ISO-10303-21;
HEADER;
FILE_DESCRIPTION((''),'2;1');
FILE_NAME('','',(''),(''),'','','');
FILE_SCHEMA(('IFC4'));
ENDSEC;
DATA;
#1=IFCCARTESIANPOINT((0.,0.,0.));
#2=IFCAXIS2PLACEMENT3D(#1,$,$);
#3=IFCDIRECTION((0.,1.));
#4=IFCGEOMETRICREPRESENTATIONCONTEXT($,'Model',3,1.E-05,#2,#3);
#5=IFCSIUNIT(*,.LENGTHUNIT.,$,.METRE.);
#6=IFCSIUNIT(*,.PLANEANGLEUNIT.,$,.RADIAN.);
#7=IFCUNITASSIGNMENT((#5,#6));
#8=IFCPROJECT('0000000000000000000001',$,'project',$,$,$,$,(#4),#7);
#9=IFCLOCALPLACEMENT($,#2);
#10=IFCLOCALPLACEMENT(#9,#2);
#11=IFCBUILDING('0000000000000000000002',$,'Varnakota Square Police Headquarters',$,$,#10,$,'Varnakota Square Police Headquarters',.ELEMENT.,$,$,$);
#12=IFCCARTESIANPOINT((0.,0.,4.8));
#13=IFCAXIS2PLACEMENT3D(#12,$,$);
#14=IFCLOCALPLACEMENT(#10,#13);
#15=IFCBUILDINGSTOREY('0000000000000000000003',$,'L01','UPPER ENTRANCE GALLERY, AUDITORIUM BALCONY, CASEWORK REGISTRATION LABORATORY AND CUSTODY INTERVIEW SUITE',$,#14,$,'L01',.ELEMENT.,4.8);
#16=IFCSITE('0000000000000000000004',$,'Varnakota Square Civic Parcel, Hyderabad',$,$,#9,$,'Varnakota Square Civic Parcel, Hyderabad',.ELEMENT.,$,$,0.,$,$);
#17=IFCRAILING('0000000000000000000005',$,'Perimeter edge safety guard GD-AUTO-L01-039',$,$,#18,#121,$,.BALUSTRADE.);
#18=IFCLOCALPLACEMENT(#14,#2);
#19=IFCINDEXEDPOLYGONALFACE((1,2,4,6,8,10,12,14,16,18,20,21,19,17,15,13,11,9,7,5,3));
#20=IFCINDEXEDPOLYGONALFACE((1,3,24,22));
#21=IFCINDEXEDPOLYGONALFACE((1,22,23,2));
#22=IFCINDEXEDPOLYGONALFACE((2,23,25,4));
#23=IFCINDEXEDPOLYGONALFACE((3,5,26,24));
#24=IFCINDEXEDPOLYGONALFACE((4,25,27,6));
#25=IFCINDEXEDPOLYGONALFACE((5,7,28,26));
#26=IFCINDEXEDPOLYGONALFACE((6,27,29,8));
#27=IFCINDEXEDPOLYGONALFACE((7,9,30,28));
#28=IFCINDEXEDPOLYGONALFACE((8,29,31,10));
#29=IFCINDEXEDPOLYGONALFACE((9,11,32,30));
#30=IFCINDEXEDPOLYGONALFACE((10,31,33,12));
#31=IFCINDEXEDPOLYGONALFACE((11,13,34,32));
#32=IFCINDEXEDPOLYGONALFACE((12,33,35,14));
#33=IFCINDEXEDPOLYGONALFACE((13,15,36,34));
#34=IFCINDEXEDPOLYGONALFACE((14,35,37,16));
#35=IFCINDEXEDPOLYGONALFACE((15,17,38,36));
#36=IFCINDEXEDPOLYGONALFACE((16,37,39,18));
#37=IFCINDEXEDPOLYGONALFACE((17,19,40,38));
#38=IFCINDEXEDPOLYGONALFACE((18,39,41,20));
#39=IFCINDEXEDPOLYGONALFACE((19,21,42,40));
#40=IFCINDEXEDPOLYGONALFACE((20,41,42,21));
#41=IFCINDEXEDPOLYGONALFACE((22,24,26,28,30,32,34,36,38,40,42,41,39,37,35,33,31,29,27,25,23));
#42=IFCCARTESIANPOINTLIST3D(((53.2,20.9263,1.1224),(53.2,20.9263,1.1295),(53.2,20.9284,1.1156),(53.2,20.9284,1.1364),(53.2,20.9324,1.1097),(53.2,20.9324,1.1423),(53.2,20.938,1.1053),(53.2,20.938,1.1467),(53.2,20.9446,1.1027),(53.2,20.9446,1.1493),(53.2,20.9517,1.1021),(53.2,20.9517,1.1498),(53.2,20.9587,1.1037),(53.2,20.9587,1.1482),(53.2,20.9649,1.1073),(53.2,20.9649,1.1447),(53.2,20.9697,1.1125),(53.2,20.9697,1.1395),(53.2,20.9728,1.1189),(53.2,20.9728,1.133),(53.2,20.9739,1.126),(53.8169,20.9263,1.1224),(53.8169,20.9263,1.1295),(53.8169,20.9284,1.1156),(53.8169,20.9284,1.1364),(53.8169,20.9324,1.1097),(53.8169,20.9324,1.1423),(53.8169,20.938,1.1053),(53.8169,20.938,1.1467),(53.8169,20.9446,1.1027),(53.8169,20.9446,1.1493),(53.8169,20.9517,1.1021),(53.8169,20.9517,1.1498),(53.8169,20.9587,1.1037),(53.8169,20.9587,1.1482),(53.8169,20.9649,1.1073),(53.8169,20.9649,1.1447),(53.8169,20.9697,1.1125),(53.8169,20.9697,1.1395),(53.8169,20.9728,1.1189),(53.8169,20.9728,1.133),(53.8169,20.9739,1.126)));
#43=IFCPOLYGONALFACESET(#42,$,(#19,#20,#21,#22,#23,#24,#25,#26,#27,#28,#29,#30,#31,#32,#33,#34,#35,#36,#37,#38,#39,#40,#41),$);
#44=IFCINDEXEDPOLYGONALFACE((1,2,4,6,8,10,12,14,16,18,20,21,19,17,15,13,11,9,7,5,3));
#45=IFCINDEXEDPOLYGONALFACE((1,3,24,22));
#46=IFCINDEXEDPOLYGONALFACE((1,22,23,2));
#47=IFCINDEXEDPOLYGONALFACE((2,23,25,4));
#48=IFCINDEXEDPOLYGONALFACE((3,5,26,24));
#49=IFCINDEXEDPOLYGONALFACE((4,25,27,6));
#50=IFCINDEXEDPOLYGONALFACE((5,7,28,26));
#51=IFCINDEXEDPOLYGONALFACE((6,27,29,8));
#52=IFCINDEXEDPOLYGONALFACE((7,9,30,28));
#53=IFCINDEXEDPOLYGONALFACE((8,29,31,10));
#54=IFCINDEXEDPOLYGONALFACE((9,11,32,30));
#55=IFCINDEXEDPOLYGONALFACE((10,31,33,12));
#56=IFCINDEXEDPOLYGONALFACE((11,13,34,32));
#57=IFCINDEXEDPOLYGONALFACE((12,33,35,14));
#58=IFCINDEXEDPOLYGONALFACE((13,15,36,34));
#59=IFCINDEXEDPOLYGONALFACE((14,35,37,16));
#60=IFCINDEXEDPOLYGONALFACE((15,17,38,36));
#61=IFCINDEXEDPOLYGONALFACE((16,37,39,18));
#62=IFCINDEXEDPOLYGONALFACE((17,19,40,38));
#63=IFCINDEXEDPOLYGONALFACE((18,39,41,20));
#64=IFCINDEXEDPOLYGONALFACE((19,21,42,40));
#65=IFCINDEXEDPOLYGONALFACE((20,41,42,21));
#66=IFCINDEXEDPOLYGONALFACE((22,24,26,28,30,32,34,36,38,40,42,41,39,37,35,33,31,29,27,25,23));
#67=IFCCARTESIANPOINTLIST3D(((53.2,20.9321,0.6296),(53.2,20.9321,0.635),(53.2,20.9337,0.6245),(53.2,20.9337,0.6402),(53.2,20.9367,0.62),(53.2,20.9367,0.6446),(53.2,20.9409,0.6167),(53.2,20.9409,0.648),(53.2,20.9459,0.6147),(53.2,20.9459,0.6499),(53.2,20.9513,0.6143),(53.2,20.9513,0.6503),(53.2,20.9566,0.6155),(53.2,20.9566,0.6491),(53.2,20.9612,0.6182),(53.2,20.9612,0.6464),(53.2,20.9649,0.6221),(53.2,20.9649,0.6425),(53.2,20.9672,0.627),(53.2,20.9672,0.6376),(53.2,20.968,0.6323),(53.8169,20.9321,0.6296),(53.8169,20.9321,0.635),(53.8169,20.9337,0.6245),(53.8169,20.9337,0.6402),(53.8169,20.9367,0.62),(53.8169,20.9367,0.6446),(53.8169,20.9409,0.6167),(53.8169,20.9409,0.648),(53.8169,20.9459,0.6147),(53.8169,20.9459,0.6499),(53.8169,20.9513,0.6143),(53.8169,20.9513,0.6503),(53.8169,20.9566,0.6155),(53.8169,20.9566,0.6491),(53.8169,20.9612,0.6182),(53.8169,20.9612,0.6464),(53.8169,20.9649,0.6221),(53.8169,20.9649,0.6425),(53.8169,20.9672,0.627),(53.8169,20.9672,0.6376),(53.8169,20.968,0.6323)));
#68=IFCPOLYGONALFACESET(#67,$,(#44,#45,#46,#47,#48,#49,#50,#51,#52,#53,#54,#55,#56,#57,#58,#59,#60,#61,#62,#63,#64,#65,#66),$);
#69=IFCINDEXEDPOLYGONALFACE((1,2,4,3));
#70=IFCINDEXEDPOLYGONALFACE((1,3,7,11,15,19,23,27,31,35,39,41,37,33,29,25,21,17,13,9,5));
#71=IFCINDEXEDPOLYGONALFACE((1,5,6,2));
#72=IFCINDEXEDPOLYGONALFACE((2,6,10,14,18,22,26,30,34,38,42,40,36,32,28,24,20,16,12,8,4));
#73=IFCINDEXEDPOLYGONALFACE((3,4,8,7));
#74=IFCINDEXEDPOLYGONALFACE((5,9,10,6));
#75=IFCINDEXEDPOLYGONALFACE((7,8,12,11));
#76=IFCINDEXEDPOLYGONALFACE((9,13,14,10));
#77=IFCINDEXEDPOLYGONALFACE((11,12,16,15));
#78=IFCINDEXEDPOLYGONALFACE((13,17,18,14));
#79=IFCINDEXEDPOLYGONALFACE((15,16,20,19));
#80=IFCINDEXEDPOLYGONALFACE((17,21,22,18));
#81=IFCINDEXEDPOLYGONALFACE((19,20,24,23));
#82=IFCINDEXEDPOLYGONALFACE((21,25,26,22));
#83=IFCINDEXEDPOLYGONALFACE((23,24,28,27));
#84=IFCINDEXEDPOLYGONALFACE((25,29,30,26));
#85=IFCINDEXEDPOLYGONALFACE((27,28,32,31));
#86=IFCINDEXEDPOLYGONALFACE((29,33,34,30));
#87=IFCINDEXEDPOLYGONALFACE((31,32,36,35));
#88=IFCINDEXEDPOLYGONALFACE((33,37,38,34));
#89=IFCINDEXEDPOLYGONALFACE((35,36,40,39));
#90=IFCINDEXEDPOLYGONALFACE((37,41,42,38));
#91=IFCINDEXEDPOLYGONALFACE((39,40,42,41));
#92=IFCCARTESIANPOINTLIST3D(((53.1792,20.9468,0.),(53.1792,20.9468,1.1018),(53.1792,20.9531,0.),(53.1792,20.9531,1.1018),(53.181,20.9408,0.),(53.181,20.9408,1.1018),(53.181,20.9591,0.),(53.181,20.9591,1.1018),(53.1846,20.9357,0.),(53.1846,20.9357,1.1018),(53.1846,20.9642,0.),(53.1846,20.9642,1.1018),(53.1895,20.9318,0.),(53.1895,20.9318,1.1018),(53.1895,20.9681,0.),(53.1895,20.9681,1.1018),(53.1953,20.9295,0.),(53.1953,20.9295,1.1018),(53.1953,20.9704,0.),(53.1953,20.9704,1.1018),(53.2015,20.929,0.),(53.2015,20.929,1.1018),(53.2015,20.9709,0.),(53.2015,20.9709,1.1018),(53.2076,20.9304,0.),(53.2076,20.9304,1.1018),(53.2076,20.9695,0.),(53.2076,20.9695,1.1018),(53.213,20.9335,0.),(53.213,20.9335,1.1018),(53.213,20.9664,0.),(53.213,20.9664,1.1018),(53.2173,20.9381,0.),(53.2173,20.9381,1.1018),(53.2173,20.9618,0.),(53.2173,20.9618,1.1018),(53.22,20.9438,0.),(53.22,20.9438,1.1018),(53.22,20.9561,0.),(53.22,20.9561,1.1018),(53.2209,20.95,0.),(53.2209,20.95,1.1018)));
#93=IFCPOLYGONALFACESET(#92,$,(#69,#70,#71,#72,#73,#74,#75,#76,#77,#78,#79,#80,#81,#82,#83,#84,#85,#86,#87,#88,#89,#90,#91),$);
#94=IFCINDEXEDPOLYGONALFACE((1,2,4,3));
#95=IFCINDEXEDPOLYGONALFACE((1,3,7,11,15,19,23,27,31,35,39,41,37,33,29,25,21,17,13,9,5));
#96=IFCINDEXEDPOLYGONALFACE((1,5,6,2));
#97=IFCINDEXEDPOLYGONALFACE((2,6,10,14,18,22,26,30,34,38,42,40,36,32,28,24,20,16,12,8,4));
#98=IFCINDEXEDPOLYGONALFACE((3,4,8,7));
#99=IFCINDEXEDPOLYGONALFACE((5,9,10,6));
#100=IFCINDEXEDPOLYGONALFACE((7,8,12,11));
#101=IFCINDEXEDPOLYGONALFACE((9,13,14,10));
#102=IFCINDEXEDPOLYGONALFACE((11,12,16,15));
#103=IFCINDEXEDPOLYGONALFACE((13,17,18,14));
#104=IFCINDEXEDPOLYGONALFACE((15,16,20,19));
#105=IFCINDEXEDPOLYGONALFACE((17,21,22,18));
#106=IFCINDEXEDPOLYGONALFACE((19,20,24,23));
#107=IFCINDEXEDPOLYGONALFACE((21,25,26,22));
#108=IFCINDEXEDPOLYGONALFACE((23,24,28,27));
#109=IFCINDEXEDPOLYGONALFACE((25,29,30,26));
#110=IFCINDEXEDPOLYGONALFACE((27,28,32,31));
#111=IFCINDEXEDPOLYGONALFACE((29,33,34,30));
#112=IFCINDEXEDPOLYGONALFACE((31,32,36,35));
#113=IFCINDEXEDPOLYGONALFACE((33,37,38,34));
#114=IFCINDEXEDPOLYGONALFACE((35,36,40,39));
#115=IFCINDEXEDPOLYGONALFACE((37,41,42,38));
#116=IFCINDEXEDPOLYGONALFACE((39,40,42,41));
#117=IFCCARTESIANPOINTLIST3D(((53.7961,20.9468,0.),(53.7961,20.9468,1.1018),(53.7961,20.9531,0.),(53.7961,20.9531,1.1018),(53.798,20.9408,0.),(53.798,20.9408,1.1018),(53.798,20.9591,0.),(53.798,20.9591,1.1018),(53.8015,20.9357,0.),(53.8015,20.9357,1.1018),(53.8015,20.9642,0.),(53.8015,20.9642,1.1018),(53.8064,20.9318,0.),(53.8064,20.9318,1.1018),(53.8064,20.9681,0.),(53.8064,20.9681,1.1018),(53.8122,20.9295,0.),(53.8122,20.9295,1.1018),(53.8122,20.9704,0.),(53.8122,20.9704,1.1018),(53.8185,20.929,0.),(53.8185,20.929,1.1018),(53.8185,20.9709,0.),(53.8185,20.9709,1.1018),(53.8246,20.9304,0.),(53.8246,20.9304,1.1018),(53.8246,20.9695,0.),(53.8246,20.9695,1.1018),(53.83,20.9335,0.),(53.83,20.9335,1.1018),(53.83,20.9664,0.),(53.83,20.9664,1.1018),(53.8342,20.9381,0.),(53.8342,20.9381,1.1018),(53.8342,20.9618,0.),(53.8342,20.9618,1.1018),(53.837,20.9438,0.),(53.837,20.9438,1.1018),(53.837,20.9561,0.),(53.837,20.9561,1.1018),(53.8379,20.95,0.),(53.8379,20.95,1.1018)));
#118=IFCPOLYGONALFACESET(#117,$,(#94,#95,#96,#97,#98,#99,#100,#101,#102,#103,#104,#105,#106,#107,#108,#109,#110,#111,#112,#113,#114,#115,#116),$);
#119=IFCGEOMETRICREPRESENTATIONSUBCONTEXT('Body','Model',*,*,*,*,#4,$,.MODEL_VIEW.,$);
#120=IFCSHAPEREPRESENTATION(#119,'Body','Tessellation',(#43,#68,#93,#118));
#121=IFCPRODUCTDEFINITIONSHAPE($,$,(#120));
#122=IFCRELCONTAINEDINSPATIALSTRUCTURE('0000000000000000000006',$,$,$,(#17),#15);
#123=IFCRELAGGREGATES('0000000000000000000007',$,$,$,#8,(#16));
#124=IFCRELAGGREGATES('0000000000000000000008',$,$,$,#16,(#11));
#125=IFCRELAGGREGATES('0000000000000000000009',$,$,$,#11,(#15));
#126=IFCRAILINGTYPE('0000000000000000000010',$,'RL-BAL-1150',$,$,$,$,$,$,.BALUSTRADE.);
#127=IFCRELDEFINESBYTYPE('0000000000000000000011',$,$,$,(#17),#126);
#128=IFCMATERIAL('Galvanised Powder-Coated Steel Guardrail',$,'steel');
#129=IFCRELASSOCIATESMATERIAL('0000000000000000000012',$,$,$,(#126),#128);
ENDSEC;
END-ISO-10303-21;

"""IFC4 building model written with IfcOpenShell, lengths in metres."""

from ifc_helpers import new_model, si_unit, direction, frame, origin, origin_2d, place, context, subcontext, project, spatial, circle, extrude, material, type_object, element, save


model = new_model("IFC4")

# Units and contexts
model_context = context("Model", 3, precision=1e-05, world=origin(), true_north=direction((0.0, 1.0)))
body_context = subcontext(model_context, "Body", "Model", "MODEL_VIEW")
ifc_project = project(units=[si_unit("LENGTHUNIT", "METRE"), si_unit("PLANEANGLEUNIT", "RADIAN")], contexts=[model_context])

# Site, building, storey
site_placement = place(None, origin())
site = spatial("IfcSite", under=ifc_project, at=site_placement, Name="Varnakota Square Civic Parcel, Hyderabad", LongName="Varnakota Square Civic Parcel, Hyderabad", CompositionType="ELEMENT", RefElevation=0.0)
building_placement = place(site_placement, origin())
building = spatial("IfcBuilding", under=site, at=building_placement, Name="Varnakota Square Police Headquarters", LongName="Varnakota Square Police Headquarters", CompositionType="ELEMENT")
storey_placement = place(building_placement, frame((0.0, 0.0, 4.8)))
storey = spatial("IfcBuildingStorey", under=building, at=storey_placement, Name="L01", Description="UPPER ENTRANCE GALLERY, AUDITORIUM BALCONY, CASEWORK REGISTRATION LABORATORY AND CUSTODY INTERVIEW SUITE", LongName="L01", CompositionType="ELEMENT", Elevation=4.8)

# Railing
ifc_material_1 = material(Name="Galvanised Powder-Coated Steel Guardrail", Category="steel")
railing_type = type_object("IfcRailingType", Name="RL-BAL-1150", PredefinedType="BALUSTRADE", material=ifc_material_1)
railing_1_placement = place(storey_placement, frame((53.2, 20.95, 0.0)))
element("IfcRailing", 1, at=railing_1_placement, inside=storey, type_object=railing_type, Name="Perimeter edge safety guard GD-AUTO-L01-039", PredefinedType="BALUSTRADE", context=body_context, shape_type="SweptSolid", body=[
    extrude(circle(Radius=0.0239, at=origin_2d()), frame((0.0, 0.0, 1.126), z_axis=(1.0, 0.0, 0.0), x_axis=(0.0, 1.0, 0.0)), (0.0, 0.0, 1.0), 0.6169),
    extrude(circle(Radius=0.0181, at=origin_2d()), frame((0.0, 0.0, 0.6323), z_axis=(1.0, 0.0, 0.0), x_axis=(0.0, 1.0, 0.0)), (0.0, 0.0, 1.0), 0.6169),
    extrude(circle(Radius=0.021, at=origin_2d()), origin(), (0.0, 0.0, 1.0), 1.1018),
    extrude(circle(Radius=0.021, at=origin_2d()), frame((0.6169, 0.0, 0.0)), (0.0, 0.0, 1.0), 1.1018),
])

save(model, "model.ifc")
